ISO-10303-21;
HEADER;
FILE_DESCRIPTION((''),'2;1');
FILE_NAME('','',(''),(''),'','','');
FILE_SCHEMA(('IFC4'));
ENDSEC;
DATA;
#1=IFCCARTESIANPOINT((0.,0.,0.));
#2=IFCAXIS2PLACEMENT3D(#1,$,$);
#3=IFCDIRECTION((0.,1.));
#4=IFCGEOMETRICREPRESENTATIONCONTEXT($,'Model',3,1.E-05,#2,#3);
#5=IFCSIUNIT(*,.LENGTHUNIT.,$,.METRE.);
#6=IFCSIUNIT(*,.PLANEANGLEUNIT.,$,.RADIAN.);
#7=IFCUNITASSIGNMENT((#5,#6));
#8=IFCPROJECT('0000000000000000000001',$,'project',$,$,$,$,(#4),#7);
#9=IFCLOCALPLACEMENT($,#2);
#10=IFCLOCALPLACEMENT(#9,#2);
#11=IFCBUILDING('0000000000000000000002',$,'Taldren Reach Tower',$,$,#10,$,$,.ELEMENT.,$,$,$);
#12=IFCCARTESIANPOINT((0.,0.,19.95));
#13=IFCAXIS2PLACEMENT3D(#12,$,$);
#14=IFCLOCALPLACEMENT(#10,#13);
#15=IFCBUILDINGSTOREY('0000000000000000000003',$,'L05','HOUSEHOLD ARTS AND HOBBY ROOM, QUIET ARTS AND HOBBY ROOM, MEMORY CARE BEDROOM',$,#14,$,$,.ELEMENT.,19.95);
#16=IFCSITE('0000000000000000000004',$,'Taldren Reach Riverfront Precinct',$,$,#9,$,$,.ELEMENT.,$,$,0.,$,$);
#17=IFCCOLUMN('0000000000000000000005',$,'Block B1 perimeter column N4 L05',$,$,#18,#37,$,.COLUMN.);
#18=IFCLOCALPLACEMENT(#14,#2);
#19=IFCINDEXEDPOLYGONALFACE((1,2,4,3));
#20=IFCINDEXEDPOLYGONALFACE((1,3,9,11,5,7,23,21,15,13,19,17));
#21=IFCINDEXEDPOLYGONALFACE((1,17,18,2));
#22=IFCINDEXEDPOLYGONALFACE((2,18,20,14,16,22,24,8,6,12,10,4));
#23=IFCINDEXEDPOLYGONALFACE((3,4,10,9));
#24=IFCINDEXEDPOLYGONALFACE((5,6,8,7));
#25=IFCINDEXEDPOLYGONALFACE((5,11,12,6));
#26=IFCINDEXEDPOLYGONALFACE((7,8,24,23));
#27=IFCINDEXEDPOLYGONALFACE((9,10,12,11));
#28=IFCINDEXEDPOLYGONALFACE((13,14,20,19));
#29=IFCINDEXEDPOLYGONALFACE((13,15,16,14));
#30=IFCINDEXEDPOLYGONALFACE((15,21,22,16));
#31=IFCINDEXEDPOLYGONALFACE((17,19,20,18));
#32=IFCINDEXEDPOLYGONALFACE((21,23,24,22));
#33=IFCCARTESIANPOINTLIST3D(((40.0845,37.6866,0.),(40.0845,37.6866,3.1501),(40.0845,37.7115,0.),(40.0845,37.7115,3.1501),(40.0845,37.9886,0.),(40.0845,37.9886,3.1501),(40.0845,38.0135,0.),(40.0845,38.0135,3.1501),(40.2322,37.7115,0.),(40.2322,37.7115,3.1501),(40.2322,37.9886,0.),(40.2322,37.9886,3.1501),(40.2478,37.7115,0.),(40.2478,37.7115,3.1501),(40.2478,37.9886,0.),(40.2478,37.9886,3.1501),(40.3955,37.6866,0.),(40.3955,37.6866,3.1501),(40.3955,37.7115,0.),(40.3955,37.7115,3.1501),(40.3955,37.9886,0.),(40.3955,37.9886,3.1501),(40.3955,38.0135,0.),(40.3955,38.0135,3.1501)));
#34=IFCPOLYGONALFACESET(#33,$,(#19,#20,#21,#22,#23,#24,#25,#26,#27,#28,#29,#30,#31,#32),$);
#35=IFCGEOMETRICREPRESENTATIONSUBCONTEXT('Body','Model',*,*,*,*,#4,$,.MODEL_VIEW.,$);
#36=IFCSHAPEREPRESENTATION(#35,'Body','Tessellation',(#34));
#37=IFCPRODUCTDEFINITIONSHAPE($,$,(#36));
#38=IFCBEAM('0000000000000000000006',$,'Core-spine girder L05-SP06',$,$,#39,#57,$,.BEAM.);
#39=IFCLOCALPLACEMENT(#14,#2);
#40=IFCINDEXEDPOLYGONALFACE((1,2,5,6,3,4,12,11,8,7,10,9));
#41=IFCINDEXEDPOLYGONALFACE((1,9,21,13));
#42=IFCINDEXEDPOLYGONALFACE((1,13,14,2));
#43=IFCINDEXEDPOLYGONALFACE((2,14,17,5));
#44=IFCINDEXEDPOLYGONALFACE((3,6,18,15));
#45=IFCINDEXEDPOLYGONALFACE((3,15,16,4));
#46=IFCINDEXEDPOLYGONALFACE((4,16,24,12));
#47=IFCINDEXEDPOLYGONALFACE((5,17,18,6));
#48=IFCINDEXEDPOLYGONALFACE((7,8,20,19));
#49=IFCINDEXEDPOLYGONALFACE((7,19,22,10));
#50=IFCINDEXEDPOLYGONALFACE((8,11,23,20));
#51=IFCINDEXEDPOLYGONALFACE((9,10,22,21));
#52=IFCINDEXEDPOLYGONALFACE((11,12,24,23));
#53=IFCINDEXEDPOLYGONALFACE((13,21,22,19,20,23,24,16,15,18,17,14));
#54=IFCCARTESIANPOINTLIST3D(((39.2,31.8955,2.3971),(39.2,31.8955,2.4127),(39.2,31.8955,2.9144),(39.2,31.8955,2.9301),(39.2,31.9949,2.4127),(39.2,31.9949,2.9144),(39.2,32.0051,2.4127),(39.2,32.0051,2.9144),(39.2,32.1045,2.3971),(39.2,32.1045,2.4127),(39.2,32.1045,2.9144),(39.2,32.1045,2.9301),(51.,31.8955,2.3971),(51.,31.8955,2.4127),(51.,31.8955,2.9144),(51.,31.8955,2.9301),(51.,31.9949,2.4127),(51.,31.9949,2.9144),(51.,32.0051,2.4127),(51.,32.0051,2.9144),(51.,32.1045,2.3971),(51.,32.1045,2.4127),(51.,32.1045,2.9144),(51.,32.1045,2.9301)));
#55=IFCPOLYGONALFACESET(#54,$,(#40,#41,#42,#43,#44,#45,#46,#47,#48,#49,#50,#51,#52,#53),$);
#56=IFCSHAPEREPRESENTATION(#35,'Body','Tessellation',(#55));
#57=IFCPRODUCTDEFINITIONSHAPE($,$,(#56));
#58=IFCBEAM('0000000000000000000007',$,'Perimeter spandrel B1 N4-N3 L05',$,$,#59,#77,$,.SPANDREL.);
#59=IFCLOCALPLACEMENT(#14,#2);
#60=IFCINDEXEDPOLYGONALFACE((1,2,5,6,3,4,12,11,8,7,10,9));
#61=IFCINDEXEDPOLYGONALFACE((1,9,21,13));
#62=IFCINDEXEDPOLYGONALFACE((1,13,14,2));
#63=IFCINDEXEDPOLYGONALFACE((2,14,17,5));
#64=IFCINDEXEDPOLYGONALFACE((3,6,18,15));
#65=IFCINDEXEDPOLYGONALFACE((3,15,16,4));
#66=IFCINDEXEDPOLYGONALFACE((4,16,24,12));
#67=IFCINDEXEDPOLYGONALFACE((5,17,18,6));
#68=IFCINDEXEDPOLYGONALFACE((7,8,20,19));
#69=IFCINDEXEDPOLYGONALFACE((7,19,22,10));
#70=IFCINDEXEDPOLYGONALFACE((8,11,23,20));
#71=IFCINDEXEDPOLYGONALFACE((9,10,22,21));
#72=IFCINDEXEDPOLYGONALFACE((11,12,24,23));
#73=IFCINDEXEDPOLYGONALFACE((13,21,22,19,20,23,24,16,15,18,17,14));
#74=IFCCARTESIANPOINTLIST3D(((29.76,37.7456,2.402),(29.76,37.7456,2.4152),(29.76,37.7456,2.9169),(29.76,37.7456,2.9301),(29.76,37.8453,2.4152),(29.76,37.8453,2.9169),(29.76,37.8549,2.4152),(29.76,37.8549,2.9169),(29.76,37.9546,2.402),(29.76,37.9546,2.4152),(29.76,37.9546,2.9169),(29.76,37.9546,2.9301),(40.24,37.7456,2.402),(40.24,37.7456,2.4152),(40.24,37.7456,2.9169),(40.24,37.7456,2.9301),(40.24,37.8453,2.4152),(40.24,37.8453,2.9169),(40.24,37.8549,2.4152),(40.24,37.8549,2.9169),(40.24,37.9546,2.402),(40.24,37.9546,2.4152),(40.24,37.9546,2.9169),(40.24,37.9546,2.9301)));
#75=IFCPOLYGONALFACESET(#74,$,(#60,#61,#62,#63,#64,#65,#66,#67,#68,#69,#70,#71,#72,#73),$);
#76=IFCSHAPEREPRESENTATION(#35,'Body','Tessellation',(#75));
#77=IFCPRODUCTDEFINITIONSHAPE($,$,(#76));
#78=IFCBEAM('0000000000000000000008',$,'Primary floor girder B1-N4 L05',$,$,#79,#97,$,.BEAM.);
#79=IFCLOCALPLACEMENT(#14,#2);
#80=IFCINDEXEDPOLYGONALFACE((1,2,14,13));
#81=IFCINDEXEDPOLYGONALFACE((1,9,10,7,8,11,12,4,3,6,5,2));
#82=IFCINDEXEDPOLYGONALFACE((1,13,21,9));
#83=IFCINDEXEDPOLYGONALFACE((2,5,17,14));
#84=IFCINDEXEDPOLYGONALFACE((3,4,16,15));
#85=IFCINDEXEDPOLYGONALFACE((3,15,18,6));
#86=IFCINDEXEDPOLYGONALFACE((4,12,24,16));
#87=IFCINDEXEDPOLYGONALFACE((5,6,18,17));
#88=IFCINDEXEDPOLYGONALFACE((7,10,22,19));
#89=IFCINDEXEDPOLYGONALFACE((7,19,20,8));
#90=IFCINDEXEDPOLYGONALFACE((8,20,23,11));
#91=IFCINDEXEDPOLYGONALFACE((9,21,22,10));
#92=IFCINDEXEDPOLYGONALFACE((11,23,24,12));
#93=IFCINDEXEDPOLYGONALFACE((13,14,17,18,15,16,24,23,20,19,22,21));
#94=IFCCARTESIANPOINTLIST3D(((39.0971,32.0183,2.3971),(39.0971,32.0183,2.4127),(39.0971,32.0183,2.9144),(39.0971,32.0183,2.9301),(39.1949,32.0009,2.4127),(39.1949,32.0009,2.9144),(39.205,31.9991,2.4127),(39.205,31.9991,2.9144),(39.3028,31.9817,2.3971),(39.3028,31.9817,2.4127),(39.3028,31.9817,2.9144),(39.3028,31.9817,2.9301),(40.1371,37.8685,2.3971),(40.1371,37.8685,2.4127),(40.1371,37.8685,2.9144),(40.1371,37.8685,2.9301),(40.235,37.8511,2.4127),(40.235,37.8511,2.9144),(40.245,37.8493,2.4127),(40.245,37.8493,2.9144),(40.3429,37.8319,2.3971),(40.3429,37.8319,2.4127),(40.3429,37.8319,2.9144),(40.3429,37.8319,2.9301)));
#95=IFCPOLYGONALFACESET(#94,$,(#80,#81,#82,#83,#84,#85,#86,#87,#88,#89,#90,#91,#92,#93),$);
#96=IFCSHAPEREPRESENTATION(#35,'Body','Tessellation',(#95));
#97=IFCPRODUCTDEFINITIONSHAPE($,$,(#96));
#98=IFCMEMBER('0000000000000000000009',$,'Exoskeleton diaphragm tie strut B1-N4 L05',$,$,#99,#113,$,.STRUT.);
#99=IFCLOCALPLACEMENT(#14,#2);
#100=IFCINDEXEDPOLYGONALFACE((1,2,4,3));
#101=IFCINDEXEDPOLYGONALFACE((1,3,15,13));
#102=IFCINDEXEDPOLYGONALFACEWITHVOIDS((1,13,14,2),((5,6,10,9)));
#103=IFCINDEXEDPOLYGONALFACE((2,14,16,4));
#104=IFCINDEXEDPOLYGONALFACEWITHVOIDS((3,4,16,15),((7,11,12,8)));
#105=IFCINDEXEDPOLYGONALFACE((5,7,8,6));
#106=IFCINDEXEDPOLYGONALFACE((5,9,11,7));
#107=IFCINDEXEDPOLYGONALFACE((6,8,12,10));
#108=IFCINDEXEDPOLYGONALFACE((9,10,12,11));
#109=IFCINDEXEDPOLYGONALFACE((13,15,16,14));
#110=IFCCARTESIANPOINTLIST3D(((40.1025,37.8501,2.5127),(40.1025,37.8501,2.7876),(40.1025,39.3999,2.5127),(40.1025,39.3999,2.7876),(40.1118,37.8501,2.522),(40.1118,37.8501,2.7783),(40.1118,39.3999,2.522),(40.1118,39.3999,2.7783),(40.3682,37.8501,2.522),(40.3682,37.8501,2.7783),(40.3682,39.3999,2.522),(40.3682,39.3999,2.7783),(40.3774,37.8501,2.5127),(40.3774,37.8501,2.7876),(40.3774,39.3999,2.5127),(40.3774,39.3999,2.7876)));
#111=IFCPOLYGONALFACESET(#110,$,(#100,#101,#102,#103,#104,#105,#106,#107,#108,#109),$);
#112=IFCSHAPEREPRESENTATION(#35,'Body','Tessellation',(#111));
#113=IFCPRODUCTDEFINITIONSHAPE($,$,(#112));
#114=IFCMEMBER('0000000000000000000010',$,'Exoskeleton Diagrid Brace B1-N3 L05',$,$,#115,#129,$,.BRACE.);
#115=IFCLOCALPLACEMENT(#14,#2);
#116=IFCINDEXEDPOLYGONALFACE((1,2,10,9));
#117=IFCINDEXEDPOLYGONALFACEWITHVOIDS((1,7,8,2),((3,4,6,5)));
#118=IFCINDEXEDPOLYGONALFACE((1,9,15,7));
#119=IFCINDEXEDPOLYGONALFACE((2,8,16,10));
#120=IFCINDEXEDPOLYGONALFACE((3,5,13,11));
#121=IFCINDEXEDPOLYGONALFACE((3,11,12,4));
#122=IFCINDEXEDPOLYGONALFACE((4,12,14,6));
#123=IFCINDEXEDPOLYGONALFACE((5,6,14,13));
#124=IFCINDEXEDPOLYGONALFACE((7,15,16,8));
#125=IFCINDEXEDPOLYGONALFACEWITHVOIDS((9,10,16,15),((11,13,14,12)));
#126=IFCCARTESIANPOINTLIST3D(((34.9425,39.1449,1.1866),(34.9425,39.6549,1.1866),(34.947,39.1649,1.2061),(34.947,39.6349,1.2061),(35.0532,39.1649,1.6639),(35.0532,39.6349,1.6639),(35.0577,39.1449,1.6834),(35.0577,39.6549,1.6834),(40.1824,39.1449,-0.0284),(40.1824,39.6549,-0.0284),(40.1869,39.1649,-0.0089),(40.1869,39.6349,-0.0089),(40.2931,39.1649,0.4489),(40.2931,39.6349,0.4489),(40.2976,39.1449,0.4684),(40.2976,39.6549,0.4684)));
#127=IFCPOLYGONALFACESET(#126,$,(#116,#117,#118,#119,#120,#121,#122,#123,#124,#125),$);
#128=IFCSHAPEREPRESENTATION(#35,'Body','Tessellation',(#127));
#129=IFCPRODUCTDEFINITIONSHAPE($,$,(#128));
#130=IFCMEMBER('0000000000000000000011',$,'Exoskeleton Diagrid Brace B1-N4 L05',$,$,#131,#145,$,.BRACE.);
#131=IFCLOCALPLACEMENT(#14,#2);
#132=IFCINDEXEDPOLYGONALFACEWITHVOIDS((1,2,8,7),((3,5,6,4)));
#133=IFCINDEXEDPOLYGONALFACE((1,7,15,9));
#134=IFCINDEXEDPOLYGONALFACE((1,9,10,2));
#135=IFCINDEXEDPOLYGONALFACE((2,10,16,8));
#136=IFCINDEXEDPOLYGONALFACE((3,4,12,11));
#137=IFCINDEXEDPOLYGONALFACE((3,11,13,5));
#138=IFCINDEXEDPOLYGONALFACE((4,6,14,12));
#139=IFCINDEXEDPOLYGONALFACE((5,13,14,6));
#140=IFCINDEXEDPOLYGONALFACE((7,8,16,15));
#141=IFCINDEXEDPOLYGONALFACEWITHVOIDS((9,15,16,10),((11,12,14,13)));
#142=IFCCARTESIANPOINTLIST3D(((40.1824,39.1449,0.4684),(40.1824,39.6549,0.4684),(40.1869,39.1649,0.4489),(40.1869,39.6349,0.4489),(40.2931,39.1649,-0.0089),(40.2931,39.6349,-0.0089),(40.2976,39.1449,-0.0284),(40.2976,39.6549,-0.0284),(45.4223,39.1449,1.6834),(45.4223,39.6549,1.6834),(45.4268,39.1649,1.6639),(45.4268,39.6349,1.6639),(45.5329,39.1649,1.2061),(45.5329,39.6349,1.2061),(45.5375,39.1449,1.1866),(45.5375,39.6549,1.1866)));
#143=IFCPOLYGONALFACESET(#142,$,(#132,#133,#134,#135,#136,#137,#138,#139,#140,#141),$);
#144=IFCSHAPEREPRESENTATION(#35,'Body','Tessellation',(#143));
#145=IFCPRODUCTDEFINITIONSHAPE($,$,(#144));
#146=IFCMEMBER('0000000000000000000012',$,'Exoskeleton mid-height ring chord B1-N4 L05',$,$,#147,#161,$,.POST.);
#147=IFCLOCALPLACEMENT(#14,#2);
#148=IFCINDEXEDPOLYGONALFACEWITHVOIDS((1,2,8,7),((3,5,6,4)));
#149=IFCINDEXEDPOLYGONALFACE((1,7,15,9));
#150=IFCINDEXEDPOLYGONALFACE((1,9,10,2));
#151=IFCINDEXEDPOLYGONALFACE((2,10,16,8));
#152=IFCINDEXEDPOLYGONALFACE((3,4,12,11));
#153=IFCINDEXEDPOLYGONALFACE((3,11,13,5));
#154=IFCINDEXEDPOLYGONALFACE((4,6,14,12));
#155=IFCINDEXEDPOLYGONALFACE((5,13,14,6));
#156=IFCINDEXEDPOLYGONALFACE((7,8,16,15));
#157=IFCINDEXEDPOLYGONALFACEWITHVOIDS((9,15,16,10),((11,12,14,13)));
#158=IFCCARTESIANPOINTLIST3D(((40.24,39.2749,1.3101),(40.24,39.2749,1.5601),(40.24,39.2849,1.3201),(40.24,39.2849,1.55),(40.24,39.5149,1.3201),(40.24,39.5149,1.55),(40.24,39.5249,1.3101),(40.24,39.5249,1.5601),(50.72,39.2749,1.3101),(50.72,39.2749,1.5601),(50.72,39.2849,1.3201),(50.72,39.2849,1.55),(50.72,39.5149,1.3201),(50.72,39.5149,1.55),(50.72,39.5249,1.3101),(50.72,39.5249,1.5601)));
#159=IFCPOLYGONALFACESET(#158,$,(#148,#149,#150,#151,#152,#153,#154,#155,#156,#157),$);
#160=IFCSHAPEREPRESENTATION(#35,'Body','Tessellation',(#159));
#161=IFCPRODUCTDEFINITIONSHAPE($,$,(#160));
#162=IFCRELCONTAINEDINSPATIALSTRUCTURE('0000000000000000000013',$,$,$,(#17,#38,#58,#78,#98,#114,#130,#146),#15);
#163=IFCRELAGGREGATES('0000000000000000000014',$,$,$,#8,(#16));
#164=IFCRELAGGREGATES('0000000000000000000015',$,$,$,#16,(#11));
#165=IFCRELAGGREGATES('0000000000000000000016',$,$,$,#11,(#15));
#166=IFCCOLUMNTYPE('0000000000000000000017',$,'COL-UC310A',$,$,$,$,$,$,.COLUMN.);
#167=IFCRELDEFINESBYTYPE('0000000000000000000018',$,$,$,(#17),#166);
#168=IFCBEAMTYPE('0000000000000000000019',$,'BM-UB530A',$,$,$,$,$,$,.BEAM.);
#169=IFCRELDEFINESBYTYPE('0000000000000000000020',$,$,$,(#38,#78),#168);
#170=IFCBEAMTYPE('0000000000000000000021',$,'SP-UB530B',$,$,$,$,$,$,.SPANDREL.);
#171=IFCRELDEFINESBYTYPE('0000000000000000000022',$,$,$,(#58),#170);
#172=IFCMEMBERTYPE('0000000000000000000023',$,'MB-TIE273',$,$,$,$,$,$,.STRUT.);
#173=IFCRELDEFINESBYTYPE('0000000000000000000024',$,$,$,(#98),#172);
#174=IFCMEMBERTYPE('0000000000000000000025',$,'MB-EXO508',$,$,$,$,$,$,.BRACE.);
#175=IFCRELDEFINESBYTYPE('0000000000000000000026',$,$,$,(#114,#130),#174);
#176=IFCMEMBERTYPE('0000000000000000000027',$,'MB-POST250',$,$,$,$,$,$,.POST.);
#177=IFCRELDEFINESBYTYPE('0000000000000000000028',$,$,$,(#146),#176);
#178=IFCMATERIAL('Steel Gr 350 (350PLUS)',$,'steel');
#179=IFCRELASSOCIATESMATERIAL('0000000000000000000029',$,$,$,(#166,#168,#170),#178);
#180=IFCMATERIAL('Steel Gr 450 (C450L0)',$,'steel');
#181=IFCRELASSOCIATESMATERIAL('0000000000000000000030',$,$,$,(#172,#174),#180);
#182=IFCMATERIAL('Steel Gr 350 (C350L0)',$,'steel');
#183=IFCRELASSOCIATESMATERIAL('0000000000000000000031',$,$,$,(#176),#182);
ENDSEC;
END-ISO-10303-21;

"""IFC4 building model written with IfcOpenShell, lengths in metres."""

from ifc_helpers import new_model, si_unit, direction, frame, origin, origin_2d, place, context, subcontext, project, spatial, hollow_rectangle, i_section, extrude, source, transform, mapped, material, material_profile, profile_set, type_object, element, save


model = new_model("IFC4")

# Units and contexts
model_context = context("Model", 3, precision=1e-05, world=origin(), true_north=direction((0.0, 1.0)))
body_context = subcontext(model_context, "Body", "Model", "MODEL_VIEW")
ifc_project = project(units=[si_unit("LENGTHUNIT", "METRE"), si_unit("PLANEANGLEUNIT", "RADIAN")], contexts=[model_context])

# Site, building, storey
site_placement = place(None, origin())
site = spatial("IfcSite", under=ifc_project, at=site_placement, Name="Taldren Reach Riverfront Precinct", CompositionType="ELEMENT", RefElevation=0.0)
building_placement = place(site_placement, origin())
building = spatial("IfcBuilding", under=site, at=building_placement, Name="Taldren Reach Tower", CompositionType="ELEMENT")
storey_placement = place(building_placement, frame((0.0, 0.0, 19.95)))
storey = spatial("IfcBuildingStorey", under=building, at=storey_placement, Name="L05", Description="HOUSEHOLD ARTS AND HOBBY ROOM, QUIET ARTS AND HOBBY ROOM, MEMORY CARE BEDROOM", CompositionType="ELEMENT", Elevation=19.95)

# Column
ifc_material_1 = material(Name="Steel Gr 350 (350PLUS)", Category="steel")
ifc_material_profile_1 = material_profile(ifc_material_1, i_section(OverallWidth=0.311, OverallDepth=0.3269, WebThickness=0.0156, FlangeThickness=0.0249, at=origin_2d()), Name="310UC158")
ifc_profile_set_1 = profile_set([ifc_material_profile_1], Name="Steel Gr 350 (350PLUS)")
column_type = type_object("IfcColumnType", Name="COL-UC310A", PredefinedType="COLUMN", material=ifc_profile_set_1)
shared_shape_1 = source(origin(), body_context, "Body", "SweptSolid", [
    extrude(i_section(OverallWidth=0.311, OverallDepth=0.3269, WebThickness=0.0156, FlangeThickness=0.0249, at=origin_2d()), origin(), (0.0, 0.0, 1.0), 3.1501),
])
column_placement = place(storey_placement, frame((40.24, 37.8501, 0.0), z_axis=(0.0, 0.0, 1.0), x_axis=(1.0, 0.0, 0.0)))
element("IfcColumn", 1, at=column_placement, inside=storey, type_object=column_type, Name="Block B1 perimeter column N4 L05", PredefinedType="COLUMN", context=body_context, shape_type="MappedRepresentation", body=[
    mapped(shared_shape_1, transform((0.0, 0.0, 0.0), scale=1.0)),
])

# Beams
ifc_material_profile_2 = material_profile(ifc_material_1, i_section(OverallWidth=0.209, OverallDepth=0.533, WebThickness=0.0103, FlangeThickness=0.0156, at=origin_2d()), Name="530UB92.4")
ifc_profile_set_2 = profile_set([ifc_material_profile_2], Name="Steel Gr 350 (350PLUS)")
beam_type_1 = type_object("IfcBeamType", Name="BM-UB530A", PredefinedType="BEAM", material=ifc_profile_set_2)
shared_shape_2 = source(origin(), body_context, "Body", "SweptSolid", [
    extrude(i_section(OverallWidth=0.209, OverallDepth=0.533, WebThickness=0.0103, FlangeThickness=0.0156, at=origin_2d()), origin(), (0.0, 0.0, 1.0), 11.8),
])
beam_1_placement = place(storey_placement, frame((39.2, 32.0, 2.6636), z_axis=(1.0, 0.0, 0.0), x_axis=(0.0, 1.0, 0.0)))
element("IfcBeam", 2, at=beam_1_placement, inside=storey, type_object=beam_type_1, Name="Core-spine girder L05-SP06", PredefinedType="BEAM", context=body_context, shape_type="MappedRepresentation", body=[
    mapped(shared_shape_2, transform((0.0, 0.0, 0.0), scale=1.0)),
])
ifc_material_profile_3 = material_profile(ifc_material_1, i_section(OverallWidth=0.209, OverallDepth=0.5281, WebThickness=0.0095, FlangeThickness=0.0132, at=origin_2d()), Name="530UB82.0")
ifc_profile_set_3 = profile_set([ifc_material_profile_3], Name="Steel Gr 350 (350PLUS)")
beam_type_2 = type_object("IfcBeamType", Name="SP-UB530B", PredefinedType="SPANDREL", material=ifc_profile_set_3)
shared_shape_3 = source(origin(), body_context, "Body", "SweptSolid", [
    extrude(i_section(OverallWidth=0.209, OverallDepth=0.5281, WebThickness=0.0095, FlangeThickness=0.0132, at=origin_2d()), origin(), (0.0, 0.0, 1.0), 10.48),
])
beam_2_placement = place(storey_placement, frame((40.24, 37.8501, 2.666), z_axis=(-1.0, 0.0, 0.0), x_axis=(0.0, -1.0, 0.0)))
element("IfcBeam", 3, at=beam_2_placement, inside=storey, type_object=beam_type_2, Name="Perimeter spandrel B1 N4-N3 L05", PredefinedType="SPANDREL", context=body_context, shape_type="MappedRepresentation", body=[
    mapped(shared_shape_3, transform((0.0, 0.0, 0.0), scale=1.0)),
])
shared_shape_4 = source(origin(), body_context, "Body", "SweptSolid", [
    extrude(i_section(OverallWidth=0.209, OverallDepth=0.533, WebThickness=0.0103, FlangeThickness=0.0156, at=origin_2d()), origin(), (0.0, 0.0, 1.0), 5.9419),
])
beam_3_placement = place(storey_placement, frame((39.2, 32.0, 2.6636), z_axis=(0.175037, 0.984562, 0.0), x_axis=(-0.984562, 0.175037, 0.0)))
element("IfcBeam", 4, at=beam_3_placement, inside=storey, type_object=beam_type_1, Name="Primary floor girder B1-N4 L05", PredefinedType="BEAM", context=body_context, shape_type="MappedRepresentation", body=[
    mapped(shared_shape_4, transform((0.0, 0.0, 0.0), scale=1.0)),
])

# Members
ifc_material_2 = material(Name="Steel Gr 450 (C450L0)", Category="steel")
ifc_material_profile_4 = material_profile(ifc_material_2, hollow_rectangle(XDim=0.2749, YDim=0.2749, WallThickness=0.0093, at=origin_2d()), Name="275x275x9.3SHS")
ifc_profile_set_4 = profile_set([ifc_material_profile_4], Name="Steel Gr 450 (C450L0)")
member_type_1 = type_object("IfcMemberType", Name="MB-TIE273", PredefinedType="STRUT", material=ifc_profile_set_4)
shared_shape_5 = source(origin(), body_context, "Body", "SweptSolid", [
    extrude(hollow_rectangle(XDim=0.2749, YDim=0.2749, WallThickness=0.0093, at=origin_2d()), origin(), (0.0, 0.0, 1.0), 1.5498),
])
member_1_placement = place(storey_placement, frame((40.24, 37.8501, 2.6501), z_axis=(0.0, 1.0, 0.0), x_axis=(-1.0, 0.0, 0.0)))
element("IfcMember", 5, at=member_1_placement, inside=storey, type_object=member_type_1, Name="Exoskeleton diaphragm tie strut B1-N4 L05", PredefinedType="STRUT", context=body_context, shape_type="MappedRepresentation", body=[
    mapped(shared_shape_5, transform((0.0, 0.0, 0.0), scale=1.0)),
])
ifc_material_profile_5 = material_profile(ifc_material_2, hollow_rectangle(XDim=0.51, YDim=0.51, WallThickness=0.02, at=origin_2d()), Name="510x510x20.0SHS")
ifc_profile_set_5 = profile_set([ifc_material_profile_5], Name="Steel Gr 450 (C450L0)")
member_type_2 = type_object("IfcMemberType", Name="MB-EXO508", PredefinedType="BRACE", material=ifc_profile_set_5)
shared_shape_6 = source(origin(), body_context, "Body", "SweptSolid", [
    extrude(hollow_rectangle(XDim=0.51, YDim=0.51, WallThickness=0.02, at=origin_2d()), origin(), (0.0, 0.0, 1.0), 5.3789),
])
for number, where, z_axis, x_axis, name in (
    (6, (40.24, 39.3999, 0.22), (-0.974152, 0.0, 0.225894), (0.0, -1.0, 0.0), "Exoskeleton Diagrid Brace B1-N3 L05"),
    (7, (40.24, 39.3999, 0.22), (0.974152, 0.0, 0.225894), (0.0, 1.0, 0.0), "Exoskeleton Diagrid Brace B1-N4 L05"),
):
    element("IfcMember", number, at=place(storey_placement, frame(where, z_axis=z_axis, x_axis=x_axis)), inside=storey, type_object=member_type_2, Name=name, PredefinedType="BRACE", context=body_context, shape_type="MappedRepresentation", body=[
        mapped(shared_shape_6, transform((0.0, 0.0, 0.0), scale=1.0)),
    ])
ifc_material_3 = material(Name="Steel Gr 350 (C350L0)", Category="steel")
ifc_material_profile_6 = material_profile(ifc_material_3, hollow_rectangle(XDim=0.25, YDim=0.25, WallThickness=0.01, at=origin_2d()), Name="250x250x10.0SHS")
ifc_profile_set_6 = profile_set([ifc_material_profile_6], Name="Steel Gr 350 (C350L0)")
member_type_3 = type_object("IfcMemberType", Name="MB-POST250", PredefinedType="POST", material=ifc_profile_set_6)
shared_shape_7 = source(origin(), body_context, "Body", "SweptSolid", [
    extrude(hollow_rectangle(XDim=0.25, YDim=0.25, WallThickness=0.01, at=origin_2d()), origin(), (0.0, 0.0, 1.0), 10.48),
])
member_2_placement = place(storey_placement, frame((40.24, 39.3999, 1.4351), z_axis=(1.0, 0.0, 0.0), x_axis=(0.0, 1.0, 0.0)))
element("IfcMember", 8, at=member_2_placement, inside=storey, type_object=member_type_3, Name="Exoskeleton mid-height ring chord B1-N4 L05", PredefinedType="POST", context=body_context, shape_type="MappedRepresentation", body=[
    mapped(shared_shape_7, transform((0.0, 0.0, 0.0), scale=1.0)),
])

save(model, "model.ifc")
